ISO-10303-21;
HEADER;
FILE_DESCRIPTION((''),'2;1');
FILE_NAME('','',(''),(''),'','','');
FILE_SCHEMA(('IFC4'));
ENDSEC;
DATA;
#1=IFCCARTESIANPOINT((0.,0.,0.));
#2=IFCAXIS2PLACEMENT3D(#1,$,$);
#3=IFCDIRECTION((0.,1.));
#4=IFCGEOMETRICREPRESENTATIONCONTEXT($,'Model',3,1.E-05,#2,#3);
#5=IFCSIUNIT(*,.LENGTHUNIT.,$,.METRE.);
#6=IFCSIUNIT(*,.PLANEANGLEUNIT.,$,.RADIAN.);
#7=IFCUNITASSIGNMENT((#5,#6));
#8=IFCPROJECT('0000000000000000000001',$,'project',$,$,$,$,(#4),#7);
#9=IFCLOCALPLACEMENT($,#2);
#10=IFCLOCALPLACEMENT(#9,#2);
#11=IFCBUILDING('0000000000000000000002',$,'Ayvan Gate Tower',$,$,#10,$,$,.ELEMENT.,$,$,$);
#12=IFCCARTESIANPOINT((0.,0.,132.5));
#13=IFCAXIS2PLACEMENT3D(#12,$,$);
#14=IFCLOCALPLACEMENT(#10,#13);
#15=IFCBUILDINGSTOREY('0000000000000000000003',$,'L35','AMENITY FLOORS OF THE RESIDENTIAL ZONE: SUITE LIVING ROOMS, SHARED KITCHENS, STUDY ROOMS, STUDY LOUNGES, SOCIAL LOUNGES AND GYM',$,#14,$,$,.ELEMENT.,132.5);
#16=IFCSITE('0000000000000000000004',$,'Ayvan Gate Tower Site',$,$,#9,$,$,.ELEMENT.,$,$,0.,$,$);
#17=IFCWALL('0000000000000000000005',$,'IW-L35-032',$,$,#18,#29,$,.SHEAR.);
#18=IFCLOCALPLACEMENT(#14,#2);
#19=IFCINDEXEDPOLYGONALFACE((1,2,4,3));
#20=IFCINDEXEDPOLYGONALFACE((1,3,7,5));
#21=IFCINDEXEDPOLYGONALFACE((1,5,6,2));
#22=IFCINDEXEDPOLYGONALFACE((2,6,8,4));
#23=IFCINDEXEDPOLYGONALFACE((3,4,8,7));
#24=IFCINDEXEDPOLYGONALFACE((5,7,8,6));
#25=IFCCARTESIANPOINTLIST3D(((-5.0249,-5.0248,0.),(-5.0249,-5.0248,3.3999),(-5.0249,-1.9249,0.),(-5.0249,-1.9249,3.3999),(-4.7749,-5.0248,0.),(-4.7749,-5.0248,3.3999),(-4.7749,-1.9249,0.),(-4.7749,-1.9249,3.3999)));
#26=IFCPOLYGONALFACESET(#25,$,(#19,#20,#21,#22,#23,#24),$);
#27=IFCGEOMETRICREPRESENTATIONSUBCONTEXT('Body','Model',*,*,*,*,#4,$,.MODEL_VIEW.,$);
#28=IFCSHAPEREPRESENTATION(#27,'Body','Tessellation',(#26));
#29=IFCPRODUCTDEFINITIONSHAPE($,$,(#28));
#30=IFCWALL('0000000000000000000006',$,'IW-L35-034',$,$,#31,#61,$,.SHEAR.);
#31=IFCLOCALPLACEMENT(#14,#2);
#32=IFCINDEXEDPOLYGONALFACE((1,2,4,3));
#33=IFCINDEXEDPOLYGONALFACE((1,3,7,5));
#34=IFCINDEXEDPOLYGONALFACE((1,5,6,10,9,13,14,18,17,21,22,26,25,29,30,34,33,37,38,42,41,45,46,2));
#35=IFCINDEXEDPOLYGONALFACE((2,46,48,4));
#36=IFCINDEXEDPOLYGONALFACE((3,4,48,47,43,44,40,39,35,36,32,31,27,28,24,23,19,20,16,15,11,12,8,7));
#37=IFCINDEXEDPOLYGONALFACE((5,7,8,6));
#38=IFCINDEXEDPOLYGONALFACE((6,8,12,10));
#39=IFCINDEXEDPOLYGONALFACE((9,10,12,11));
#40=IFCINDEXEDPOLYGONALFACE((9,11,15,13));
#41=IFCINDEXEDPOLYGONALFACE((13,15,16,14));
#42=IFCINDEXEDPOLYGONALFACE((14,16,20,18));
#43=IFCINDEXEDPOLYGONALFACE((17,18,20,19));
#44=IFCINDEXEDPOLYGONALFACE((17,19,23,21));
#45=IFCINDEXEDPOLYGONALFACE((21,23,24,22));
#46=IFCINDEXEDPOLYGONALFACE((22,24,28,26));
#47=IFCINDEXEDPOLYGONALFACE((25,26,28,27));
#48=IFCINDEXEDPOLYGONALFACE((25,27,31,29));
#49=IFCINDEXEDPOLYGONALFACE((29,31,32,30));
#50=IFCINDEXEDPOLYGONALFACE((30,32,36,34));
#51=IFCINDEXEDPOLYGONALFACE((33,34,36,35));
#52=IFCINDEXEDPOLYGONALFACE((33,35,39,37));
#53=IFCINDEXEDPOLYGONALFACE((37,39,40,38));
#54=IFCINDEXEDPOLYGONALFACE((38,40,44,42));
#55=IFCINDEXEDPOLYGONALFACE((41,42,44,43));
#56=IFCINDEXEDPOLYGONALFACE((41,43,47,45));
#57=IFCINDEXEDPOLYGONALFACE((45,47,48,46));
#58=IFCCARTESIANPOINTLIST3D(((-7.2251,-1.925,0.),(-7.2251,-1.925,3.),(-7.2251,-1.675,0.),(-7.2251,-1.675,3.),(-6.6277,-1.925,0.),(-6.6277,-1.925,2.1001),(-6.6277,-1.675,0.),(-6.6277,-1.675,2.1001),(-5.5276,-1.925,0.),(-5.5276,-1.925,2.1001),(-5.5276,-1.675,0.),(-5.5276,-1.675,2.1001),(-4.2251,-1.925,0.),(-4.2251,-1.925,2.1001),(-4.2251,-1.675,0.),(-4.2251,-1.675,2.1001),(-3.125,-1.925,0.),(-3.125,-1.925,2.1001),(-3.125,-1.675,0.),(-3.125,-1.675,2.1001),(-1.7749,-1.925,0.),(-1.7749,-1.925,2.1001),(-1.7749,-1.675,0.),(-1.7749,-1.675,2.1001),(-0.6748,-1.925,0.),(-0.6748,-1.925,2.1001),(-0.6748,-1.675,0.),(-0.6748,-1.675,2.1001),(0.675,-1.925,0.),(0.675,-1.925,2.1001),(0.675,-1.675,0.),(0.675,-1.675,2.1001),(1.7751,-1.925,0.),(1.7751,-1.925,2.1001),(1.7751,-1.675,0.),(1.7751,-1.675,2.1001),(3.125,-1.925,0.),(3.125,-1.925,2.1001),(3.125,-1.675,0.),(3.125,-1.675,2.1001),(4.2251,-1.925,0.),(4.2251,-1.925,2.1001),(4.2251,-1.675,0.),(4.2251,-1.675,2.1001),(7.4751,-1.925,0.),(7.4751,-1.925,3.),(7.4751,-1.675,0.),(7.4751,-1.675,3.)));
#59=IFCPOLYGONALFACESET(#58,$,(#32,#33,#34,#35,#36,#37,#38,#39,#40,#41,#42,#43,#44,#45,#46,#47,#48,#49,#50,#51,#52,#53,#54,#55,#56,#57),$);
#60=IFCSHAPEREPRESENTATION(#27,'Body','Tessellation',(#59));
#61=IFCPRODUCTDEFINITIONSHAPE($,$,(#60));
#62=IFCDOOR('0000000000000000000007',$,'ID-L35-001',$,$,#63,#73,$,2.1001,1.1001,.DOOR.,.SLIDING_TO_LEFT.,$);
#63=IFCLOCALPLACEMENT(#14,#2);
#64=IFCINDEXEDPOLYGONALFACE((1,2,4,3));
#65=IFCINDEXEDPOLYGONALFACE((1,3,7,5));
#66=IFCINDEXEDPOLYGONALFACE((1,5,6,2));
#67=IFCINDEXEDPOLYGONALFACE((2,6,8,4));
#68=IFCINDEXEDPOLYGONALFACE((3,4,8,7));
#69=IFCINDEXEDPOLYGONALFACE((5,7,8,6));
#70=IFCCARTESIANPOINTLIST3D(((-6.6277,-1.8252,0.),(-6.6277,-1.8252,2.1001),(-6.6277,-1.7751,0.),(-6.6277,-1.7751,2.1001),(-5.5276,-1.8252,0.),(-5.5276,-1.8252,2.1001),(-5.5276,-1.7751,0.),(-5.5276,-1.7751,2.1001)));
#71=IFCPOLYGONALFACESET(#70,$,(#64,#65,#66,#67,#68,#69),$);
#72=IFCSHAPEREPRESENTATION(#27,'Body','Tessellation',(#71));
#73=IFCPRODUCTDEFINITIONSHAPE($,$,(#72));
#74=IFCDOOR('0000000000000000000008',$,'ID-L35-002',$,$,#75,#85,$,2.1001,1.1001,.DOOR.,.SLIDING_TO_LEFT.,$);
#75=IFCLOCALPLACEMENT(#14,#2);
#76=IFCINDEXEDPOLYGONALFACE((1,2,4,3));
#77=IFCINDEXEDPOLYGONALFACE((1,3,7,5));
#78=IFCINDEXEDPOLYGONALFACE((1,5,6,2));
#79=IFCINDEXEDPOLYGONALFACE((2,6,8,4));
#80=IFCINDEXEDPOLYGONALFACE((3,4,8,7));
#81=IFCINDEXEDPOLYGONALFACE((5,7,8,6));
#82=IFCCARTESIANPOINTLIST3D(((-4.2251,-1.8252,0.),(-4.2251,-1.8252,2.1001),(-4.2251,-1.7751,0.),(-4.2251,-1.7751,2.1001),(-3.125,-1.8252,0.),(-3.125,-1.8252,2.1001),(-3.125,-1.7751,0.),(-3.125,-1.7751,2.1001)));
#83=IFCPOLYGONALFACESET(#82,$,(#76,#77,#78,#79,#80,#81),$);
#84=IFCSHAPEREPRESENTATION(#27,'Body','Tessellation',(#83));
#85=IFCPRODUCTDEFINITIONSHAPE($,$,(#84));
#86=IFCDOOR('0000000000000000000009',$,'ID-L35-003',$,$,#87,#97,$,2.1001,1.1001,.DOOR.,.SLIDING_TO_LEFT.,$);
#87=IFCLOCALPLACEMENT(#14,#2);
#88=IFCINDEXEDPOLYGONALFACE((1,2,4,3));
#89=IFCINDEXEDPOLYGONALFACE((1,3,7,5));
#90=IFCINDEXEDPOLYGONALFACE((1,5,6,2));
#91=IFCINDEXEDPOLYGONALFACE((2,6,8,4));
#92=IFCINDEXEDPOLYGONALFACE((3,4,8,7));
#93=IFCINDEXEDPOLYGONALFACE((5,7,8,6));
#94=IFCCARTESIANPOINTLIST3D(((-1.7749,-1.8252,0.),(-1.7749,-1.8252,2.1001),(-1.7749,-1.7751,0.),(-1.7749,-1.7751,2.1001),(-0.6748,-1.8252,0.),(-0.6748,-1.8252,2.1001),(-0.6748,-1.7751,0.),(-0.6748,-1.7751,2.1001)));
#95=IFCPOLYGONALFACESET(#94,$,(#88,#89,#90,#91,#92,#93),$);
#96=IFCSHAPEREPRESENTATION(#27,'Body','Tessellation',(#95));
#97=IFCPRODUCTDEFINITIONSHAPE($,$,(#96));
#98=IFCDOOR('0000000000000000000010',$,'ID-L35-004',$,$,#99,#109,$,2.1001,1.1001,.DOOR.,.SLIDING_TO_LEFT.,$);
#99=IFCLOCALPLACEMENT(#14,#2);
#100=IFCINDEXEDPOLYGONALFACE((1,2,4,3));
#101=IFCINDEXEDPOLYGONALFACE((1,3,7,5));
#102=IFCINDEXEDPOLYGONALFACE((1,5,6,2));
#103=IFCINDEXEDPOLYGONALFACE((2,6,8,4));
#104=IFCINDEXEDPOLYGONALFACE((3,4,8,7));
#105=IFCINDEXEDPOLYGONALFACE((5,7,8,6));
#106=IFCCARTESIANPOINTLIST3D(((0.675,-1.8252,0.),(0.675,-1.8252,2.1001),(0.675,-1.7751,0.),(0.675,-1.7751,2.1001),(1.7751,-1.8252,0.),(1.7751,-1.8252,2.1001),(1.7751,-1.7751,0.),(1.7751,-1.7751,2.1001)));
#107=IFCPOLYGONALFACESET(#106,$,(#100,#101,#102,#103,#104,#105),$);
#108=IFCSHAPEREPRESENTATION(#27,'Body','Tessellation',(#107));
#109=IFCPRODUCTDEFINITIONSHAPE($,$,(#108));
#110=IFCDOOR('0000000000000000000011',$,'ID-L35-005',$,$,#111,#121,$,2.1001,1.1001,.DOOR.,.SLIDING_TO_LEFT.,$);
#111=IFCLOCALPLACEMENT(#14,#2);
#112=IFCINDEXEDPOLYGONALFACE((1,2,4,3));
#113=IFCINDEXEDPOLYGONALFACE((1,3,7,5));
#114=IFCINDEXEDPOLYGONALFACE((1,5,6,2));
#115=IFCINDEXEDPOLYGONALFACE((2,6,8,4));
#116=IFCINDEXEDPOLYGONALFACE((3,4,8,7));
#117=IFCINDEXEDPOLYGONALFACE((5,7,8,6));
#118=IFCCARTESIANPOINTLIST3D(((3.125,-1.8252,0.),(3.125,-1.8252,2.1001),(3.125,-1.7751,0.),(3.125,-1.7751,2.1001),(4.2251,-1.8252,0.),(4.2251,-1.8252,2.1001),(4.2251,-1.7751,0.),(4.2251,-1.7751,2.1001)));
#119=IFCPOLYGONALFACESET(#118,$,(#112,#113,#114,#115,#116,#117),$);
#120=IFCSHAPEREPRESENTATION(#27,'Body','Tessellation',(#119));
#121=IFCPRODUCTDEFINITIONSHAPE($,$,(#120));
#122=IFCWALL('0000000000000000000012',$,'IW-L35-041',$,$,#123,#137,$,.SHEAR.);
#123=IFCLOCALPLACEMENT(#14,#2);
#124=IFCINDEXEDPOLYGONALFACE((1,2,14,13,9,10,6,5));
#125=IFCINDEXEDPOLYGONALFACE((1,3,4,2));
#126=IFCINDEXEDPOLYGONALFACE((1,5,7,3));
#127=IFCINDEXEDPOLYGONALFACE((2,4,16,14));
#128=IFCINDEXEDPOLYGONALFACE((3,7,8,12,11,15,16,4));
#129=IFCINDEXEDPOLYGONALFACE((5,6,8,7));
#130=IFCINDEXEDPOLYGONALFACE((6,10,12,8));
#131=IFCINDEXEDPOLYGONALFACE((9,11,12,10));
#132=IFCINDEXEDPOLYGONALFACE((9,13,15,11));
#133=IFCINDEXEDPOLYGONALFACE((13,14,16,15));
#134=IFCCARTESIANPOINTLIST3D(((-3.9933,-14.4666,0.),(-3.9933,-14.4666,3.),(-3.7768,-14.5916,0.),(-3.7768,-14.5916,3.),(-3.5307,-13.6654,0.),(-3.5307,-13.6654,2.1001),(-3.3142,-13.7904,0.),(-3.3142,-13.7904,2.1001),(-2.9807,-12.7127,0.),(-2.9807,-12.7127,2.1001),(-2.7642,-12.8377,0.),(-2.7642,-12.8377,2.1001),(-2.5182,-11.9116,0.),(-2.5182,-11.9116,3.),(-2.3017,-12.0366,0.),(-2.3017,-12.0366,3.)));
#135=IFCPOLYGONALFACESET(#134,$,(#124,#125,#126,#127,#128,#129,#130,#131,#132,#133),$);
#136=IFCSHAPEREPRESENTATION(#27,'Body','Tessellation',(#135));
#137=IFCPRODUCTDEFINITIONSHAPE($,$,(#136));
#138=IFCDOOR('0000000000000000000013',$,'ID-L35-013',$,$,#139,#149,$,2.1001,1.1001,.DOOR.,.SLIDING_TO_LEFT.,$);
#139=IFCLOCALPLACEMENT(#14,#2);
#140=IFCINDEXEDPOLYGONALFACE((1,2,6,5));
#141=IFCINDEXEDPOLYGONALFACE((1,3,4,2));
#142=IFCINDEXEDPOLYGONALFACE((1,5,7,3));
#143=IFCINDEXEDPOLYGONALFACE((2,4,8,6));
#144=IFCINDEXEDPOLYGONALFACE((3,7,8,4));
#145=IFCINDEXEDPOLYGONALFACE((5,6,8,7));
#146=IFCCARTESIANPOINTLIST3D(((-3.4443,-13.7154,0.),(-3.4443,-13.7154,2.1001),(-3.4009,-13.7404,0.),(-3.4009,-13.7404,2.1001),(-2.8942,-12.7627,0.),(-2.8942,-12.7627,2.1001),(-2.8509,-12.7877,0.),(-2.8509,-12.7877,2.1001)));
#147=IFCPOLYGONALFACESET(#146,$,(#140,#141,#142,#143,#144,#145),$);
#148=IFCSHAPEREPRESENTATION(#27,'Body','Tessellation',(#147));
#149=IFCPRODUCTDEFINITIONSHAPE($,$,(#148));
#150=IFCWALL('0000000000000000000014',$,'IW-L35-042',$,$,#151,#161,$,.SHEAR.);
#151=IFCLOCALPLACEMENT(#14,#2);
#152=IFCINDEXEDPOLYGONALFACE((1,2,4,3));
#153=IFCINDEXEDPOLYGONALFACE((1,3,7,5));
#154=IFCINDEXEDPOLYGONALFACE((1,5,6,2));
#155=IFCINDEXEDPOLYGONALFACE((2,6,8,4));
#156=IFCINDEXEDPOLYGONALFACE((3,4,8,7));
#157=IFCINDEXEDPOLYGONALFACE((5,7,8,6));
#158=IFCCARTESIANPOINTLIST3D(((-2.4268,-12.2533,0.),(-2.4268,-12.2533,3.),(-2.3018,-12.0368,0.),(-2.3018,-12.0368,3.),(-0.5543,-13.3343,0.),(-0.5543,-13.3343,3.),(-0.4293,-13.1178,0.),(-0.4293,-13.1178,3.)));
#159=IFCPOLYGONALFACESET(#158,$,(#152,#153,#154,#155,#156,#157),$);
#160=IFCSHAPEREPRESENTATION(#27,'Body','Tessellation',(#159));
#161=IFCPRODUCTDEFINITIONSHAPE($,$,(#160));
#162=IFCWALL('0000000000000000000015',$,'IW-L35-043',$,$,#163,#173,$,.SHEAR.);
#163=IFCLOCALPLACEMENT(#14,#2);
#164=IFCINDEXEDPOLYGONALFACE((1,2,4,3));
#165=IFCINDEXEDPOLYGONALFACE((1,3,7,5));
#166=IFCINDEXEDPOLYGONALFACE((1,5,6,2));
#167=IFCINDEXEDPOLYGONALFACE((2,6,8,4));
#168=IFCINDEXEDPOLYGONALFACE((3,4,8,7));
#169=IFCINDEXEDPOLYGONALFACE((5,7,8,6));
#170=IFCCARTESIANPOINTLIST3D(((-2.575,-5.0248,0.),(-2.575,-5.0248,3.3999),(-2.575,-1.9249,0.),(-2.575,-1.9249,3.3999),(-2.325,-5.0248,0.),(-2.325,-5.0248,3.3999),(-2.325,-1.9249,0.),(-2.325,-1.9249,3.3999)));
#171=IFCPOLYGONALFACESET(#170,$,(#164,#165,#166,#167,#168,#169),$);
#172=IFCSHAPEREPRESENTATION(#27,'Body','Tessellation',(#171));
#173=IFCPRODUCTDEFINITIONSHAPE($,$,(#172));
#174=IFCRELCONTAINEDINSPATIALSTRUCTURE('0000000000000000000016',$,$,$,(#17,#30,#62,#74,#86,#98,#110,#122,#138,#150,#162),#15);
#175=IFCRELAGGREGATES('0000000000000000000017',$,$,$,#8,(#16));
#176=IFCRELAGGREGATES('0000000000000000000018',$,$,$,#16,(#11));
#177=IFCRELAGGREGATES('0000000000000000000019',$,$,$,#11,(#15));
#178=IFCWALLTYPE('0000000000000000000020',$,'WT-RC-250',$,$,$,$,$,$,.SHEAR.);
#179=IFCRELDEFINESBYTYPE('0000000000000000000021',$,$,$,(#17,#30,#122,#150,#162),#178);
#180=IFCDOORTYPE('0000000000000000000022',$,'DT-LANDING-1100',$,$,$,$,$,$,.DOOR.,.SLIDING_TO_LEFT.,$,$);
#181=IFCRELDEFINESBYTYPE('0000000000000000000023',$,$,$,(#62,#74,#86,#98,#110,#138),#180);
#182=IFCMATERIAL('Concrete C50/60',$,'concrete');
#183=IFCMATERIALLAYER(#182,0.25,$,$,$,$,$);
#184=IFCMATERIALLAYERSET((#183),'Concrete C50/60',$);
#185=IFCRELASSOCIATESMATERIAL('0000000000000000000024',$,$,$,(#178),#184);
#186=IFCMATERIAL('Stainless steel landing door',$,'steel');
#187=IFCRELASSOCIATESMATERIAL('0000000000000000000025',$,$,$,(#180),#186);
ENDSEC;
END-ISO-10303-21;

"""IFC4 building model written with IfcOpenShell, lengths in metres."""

from ifc_helpers import new_model, si_unit, direction, frame, frame_2d, origin, place, context, subcontext, project, spatial, rectangle, extrude, material, layer, layer_set, type_object, element, fill, save


model = new_model("IFC4")

# Units and contexts
model_context = context("Model", 3, precision=1e-05, world=origin(), true_north=direction((0.0, 1.0)))
body_context = subcontext(model_context, "Body", "Model", "MODEL_VIEW")
ifc_project = project(units=[si_unit("LENGTHUNIT", "METRE"), si_unit("PLANEANGLEUNIT", "RADIAN")], contexts=[model_context])

# Site, building, storey
site_placement = place(None, origin())
site = spatial("IfcSite", under=ifc_project, at=site_placement, Name="Ayvan Gate Tower Site", CompositionType="ELEMENT", RefElevation=0.0)
building_placement = place(site_placement, origin())
building = spatial("IfcBuilding", under=site, at=building_placement, Name="Ayvan Gate Tower", CompositionType="ELEMENT")
storey_placement = place(building_placement, frame((0.0, 0.0, 132.5)))
storey = spatial("IfcBuildingStorey", under=building, at=storey_placement, Name="L35", Description="AMENITY FLOORS OF THE RESIDENTIAL ZONE: SUITE LIVING ROOMS, SHARED KITCHENS, STUDY ROOMS, STUDY LOUNGES, SOCIAL LOUNGES AND GYM", CompositionType="ELEMENT", Elevation=132.5)

# Shared definitions
ifc_material_1 = material(Name="Concrete C50/60", Category="concrete")
ifc_layer_1 = layer(ifc_material_1, 0.25)
ifc_layer_set_1 = layer_set([ifc_layer_1], Name="Concrete C50/60")
wall_type_1 = type_object("IfcWallType", Name="WT-RC-250", PredefinedType="SHEAR", material=ifc_layer_set_1)

# Wall
wall_1_placement = place(storey_placement, frame((-4.8999, -1.925, 0.0), z_axis=(0.0, 0.0, 1.0), x_axis=(0.0, -1.0, 0.0)))
element("IfcWall", 1, at=wall_1_placement, inside=storey, type_object=wall_type_1, Name="IW-L35-032", PredefinedType="SHEAR", context=body_context, shape_type="SweptSolid", body=[
    extrude(rectangle(XDim=3.0999, YDim=0.25, at=frame_2d((1.5498, 0.0))), origin(), (0.0, 0.0, 1.0), 3.3999),
])

# Wall, openings, doors
wall_2_placement = place(storey_placement, frame((-7.2251, -1.8, 0.0), z_axis=(0.0, 0.0, 1.0), x_axis=(1.0, 0.0, 0.0)))
wall_2 = element("IfcWall", 2, at=wall_2_placement, inside=storey, type_object=wall_type_1, Name="IW-L35-034", PredefinedType="SHEAR", context=body_context, shape_type="SweptSolid", body=[
    extrude(rectangle(XDim=14.7002, YDim=0.25, at=frame_2d((7.3501, 0.0))), origin(), (0.0, 0.0, 1.0), 3.0),
])
opening_1_placement = place(wall_2_placement, frame((0.5974, 0.0, 0.0)))
opening_1 = element("IfcOpeningElement", 3, at=opening_1_placement, cuts=wall_2, PredefinedType="OPENING", context=body_context, shape_type="SweptSolid", body=[
    extrude(rectangle(XDim=1.1001, YDim=2.1001, at=frame_2d((0.55, 1.05))), frame((0.0, 0.135, 0.0), z_axis=(0.0, -1.0, 0.0), x_axis=(1.0, 0.0, 0.0)), (0.0, 0.0, 1.0), 0.27),
])
opening_2_placement = place(wall_2_placement, frame((3.0, 0.0, 0.0)))
opening_2 = element("IfcOpeningElement", 4, at=opening_2_placement, cuts=wall_2, PredefinedType="OPENING", context=body_context, shape_type="SweptSolid", body=[
    extrude(rectangle(XDim=1.1001, YDim=2.1001, at=frame_2d((0.55, 1.05))), frame((0.0, 0.135, 0.0), z_axis=(0.0, -1.0, 0.0), x_axis=(1.0, 0.0, 0.0)), (0.0, 0.0, 1.0), 0.27),
])
opening_3_placement = place(wall_2_placement, frame((5.4502, 0.0, 0.0)))
opening_3 = element("IfcOpeningElement", 5, at=opening_3_placement, cuts=wall_2, PredefinedType="OPENING", context=body_context, shape_type="SweptSolid", body=[
    extrude(rectangle(XDim=1.1001, YDim=2.1001, at=frame_2d((0.55, 1.05))), frame((0.0, 0.135, 0.0), z_axis=(0.0, -1.0, 0.0), x_axis=(1.0, 0.0, 0.0)), (0.0, 0.0, 1.0), 0.27),
])
opening_4_placement = place(wall_2_placement, frame((7.9001, 0.0, 0.0)))
opening_4 = element("IfcOpeningElement", 6, at=opening_4_placement, cuts=wall_2, PredefinedType="OPENING", context=body_context, shape_type="SweptSolid", body=[
    extrude(rectangle(XDim=1.1001, YDim=2.1001, at=frame_2d((0.55, 1.05))), frame((0.0, 0.135, 0.0), z_axis=(0.0, -1.0, 0.0), x_axis=(1.0, 0.0, 0.0)), (0.0, 0.0, 1.0), 0.27),
])
opening_5_placement = place(wall_2_placement, frame((10.3501, 0.0, 0.0)))
opening_5 = element("IfcOpeningElement", 7, at=opening_5_placement, cuts=wall_2, PredefinedType="OPENING", context=body_context, shape_type="SweptSolid", body=[
    extrude(rectangle(XDim=1.1001, YDim=2.1001, at=frame_2d((0.55, 1.05))), frame((0.0, 0.135, 0.0), z_axis=(0.0, -1.0, 0.0), x_axis=(1.0, 0.0, 0.0)), (0.0, 0.0, 1.0), 0.27),
])
ifc_material_2 = material(Name="Stainless steel landing door", Category="steel")
door_type_1 = type_object("IfcDoorType", Name="DT-LANDING-1100", OperationType="SLIDING_TO_LEFT", PredefinedType="DOOR", material=ifc_material_2)
door_1_placement = place(opening_1_placement, origin())
door_1 = element("IfcDoor", 8, at=door_1_placement, inside=storey, type_object=door_type_1, Name="ID-L35-001", OperationType="SLIDING_TO_LEFT", OverallHeight=2.1001, OverallWidth=1.1001, PredefinedType="DOOR", context=body_context, shape_type="SweptSolid", body=[
    extrude(rectangle(XDim=1.1001, YDim=2.1001, at=frame_2d((0.55, 1.05))), frame((0.0, 0.0249, 0.0), z_axis=(0.0, -1.0, 0.0), x_axis=(1.0, 0.0, 0.0)), (0.0, 0.0, 1.0), 0.05),
])
fill(opening_1, door_1)
door_2_placement = place(opening_2_placement, origin())
door_2 = element("IfcDoor", 9, at=door_2_placement, inside=storey, type_object=door_type_1, Name="ID-L35-002", OperationType="SLIDING_TO_LEFT", OverallHeight=2.1001, OverallWidth=1.1001, PredefinedType="DOOR", context=body_context, shape_type="SweptSolid", body=[
    extrude(rectangle(XDim=1.1001, YDim=2.1001, at=frame_2d((0.55, 1.05))), frame((0.0, 0.0249, 0.0), z_axis=(0.0, -1.0, 0.0), x_axis=(1.0, 0.0, 0.0)), (0.0, 0.0, 1.0), 0.05),
])
fill(opening_2, door_2)
door_3_placement = place(opening_3_placement, origin())
door_3 = element("IfcDoor", 10, at=door_3_placement, inside=storey, type_object=door_type_1, Name="ID-L35-003", OperationType="SLIDING_TO_LEFT", OverallHeight=2.1001, OverallWidth=1.1001, PredefinedType="DOOR", context=body_context, shape_type="SweptSolid", body=[
    extrude(rectangle(XDim=1.1001, YDim=2.1001, at=frame_2d((0.55, 1.05))), frame((0.0, 0.0249, 0.0), z_axis=(0.0, -1.0, 0.0), x_axis=(1.0, 0.0, 0.0)), (0.0, 0.0, 1.0), 0.05),
])
fill(opening_3, door_3)
door_4_placement = place(opening_4_placement, origin())
door_4 = element("IfcDoor", 11, at=door_4_placement, inside=storey, type_object=door_type_1, Name="ID-L35-004", OperationType="SLIDING_TO_LEFT", OverallHeight=2.1001, OverallWidth=1.1001, PredefinedType="DOOR", context=body_context, shape_type="SweptSolid", body=[
    extrude(rectangle(XDim=1.1001, YDim=2.1001, at=frame_2d((0.55, 1.05))), frame((0.0, 0.0249, 0.0), z_axis=(0.0, -1.0, 0.0), x_axis=(1.0, 0.0, 0.0)), (0.0, 0.0, 1.0), 0.05),
])
fill(opening_4, door_4)
door_5_placement = place(opening_5_placement, origin())
door_5 = element("IfcDoor", 12, at=door_5_placement, inside=storey, type_object=door_type_1, Name="ID-L35-005", OperationType="SLIDING_TO_LEFT", OverallHeight=2.1001, OverallWidth=1.1001, PredefinedType="DOOR", context=body_context, shape_type="SweptSolid", body=[
    extrude(rectangle(XDim=1.1001, YDim=2.1001, at=frame_2d((0.55, 1.05))), frame((0.0, 0.0249, 0.0), z_axis=(0.0, -1.0, 0.0), x_axis=(1.0, 0.0, 0.0)), (0.0, 0.0, 1.0), 0.05),
])
fill(opening_5, door_5)

# Wall, opening, door
wall_3_placement = place(storey_placement, frame((-2.4099, -11.9741, 0.0), z_axis=(0.0, 0.0, 1.0), x_axis=(-0.500002, -0.866024, 0.0)))
wall_3 = element("IfcWall", 13, at=wall_3_placement, inside=storey, type_object=wall_type_1, Name="IW-L35-041", PredefinedType="SHEAR", context=body_context, shape_type="SweptSolid", body=[
    extrude(rectangle(XDim=2.9502, YDim=0.25, at=frame_2d((1.4751, 0.0))), origin(), (0.0, 0.0, 1.0), 3.0),
])
opening_6_placement = place(wall_3_placement, frame((0.925, 0.0, 0.0)))
opening_6 = element("IfcOpeningElement", 14, at=opening_6_placement, cuts=wall_3, PredefinedType="OPENING", context=body_context, shape_type="SweptSolid", body=[
    extrude(rectangle(XDim=1.1001, YDim=2.1001, at=frame_2d((0.55, 1.05))), frame((0.0, 0.135, 0.0), z_axis=(0.0, -1.0, 0.0), x_axis=(1.0, 0.0, 0.0)), (0.0, 0.0, 1.0), 0.27),
])
door_6_placement = place(opening_6_placement, origin())
door_6 = element("IfcDoor", 15, at=door_6_placement, inside=storey, type_object=door_type_1, Name="ID-L35-013", OperationType="SLIDING_TO_LEFT", OverallHeight=2.1001, OverallWidth=1.1001, PredefinedType="DOOR", context=body_context, shape_type="SweptSolid", body=[
    extrude(rectangle(XDim=1.1001, YDim=2.1001, at=frame_2d((0.55, 1.05))), frame((0.0, 0.0249, 0.0), z_axis=(0.0, -1.0, 0.0), x_axis=(1.0, 0.0, 0.0)), (0.0, 0.0, 1.0), 0.05),
])
fill(opening_6, door_6)

# Walls
wall_4_placement = place(storey_placement, frame((-2.3643, -12.145, 0.0), z_axis=(0.0, 0.0, 1.0), x_axis=(0.866039, -0.499977, 0.0)))
element("IfcWall", 16, at=wall_4_placement, inside=storey, type_object=wall_type_1, Name="IW-L35-042", PredefinedType="SHEAR", context=body_context, shape_type="SweptSolid", body=[
    extrude(rectangle(XDim=2.1621, YDim=0.25, at=frame_2d((1.0811, 0.0))), origin(), (0.0, 0.0, 1.0), 3.0),
])
wall_5_placement = place(storey_placement, frame((-2.45, -1.925, 0.0), z_axis=(0.0, 0.0, 1.0), x_axis=(0.0, -1.0, 0.0)))
element("IfcWall", 17, at=wall_5_placement, inside=storey, type_object=wall_type_1, Name="IW-L35-043", PredefinedType="SHEAR", context=body_context, shape_type="SweptSolid", body=[
    extrude(rectangle(XDim=3.0999, YDim=0.25, at=frame_2d((1.5498, 0.0))), origin(), (0.0, 0.0, 1.0), 3.3999),
])

save(model, "model.ifc")
